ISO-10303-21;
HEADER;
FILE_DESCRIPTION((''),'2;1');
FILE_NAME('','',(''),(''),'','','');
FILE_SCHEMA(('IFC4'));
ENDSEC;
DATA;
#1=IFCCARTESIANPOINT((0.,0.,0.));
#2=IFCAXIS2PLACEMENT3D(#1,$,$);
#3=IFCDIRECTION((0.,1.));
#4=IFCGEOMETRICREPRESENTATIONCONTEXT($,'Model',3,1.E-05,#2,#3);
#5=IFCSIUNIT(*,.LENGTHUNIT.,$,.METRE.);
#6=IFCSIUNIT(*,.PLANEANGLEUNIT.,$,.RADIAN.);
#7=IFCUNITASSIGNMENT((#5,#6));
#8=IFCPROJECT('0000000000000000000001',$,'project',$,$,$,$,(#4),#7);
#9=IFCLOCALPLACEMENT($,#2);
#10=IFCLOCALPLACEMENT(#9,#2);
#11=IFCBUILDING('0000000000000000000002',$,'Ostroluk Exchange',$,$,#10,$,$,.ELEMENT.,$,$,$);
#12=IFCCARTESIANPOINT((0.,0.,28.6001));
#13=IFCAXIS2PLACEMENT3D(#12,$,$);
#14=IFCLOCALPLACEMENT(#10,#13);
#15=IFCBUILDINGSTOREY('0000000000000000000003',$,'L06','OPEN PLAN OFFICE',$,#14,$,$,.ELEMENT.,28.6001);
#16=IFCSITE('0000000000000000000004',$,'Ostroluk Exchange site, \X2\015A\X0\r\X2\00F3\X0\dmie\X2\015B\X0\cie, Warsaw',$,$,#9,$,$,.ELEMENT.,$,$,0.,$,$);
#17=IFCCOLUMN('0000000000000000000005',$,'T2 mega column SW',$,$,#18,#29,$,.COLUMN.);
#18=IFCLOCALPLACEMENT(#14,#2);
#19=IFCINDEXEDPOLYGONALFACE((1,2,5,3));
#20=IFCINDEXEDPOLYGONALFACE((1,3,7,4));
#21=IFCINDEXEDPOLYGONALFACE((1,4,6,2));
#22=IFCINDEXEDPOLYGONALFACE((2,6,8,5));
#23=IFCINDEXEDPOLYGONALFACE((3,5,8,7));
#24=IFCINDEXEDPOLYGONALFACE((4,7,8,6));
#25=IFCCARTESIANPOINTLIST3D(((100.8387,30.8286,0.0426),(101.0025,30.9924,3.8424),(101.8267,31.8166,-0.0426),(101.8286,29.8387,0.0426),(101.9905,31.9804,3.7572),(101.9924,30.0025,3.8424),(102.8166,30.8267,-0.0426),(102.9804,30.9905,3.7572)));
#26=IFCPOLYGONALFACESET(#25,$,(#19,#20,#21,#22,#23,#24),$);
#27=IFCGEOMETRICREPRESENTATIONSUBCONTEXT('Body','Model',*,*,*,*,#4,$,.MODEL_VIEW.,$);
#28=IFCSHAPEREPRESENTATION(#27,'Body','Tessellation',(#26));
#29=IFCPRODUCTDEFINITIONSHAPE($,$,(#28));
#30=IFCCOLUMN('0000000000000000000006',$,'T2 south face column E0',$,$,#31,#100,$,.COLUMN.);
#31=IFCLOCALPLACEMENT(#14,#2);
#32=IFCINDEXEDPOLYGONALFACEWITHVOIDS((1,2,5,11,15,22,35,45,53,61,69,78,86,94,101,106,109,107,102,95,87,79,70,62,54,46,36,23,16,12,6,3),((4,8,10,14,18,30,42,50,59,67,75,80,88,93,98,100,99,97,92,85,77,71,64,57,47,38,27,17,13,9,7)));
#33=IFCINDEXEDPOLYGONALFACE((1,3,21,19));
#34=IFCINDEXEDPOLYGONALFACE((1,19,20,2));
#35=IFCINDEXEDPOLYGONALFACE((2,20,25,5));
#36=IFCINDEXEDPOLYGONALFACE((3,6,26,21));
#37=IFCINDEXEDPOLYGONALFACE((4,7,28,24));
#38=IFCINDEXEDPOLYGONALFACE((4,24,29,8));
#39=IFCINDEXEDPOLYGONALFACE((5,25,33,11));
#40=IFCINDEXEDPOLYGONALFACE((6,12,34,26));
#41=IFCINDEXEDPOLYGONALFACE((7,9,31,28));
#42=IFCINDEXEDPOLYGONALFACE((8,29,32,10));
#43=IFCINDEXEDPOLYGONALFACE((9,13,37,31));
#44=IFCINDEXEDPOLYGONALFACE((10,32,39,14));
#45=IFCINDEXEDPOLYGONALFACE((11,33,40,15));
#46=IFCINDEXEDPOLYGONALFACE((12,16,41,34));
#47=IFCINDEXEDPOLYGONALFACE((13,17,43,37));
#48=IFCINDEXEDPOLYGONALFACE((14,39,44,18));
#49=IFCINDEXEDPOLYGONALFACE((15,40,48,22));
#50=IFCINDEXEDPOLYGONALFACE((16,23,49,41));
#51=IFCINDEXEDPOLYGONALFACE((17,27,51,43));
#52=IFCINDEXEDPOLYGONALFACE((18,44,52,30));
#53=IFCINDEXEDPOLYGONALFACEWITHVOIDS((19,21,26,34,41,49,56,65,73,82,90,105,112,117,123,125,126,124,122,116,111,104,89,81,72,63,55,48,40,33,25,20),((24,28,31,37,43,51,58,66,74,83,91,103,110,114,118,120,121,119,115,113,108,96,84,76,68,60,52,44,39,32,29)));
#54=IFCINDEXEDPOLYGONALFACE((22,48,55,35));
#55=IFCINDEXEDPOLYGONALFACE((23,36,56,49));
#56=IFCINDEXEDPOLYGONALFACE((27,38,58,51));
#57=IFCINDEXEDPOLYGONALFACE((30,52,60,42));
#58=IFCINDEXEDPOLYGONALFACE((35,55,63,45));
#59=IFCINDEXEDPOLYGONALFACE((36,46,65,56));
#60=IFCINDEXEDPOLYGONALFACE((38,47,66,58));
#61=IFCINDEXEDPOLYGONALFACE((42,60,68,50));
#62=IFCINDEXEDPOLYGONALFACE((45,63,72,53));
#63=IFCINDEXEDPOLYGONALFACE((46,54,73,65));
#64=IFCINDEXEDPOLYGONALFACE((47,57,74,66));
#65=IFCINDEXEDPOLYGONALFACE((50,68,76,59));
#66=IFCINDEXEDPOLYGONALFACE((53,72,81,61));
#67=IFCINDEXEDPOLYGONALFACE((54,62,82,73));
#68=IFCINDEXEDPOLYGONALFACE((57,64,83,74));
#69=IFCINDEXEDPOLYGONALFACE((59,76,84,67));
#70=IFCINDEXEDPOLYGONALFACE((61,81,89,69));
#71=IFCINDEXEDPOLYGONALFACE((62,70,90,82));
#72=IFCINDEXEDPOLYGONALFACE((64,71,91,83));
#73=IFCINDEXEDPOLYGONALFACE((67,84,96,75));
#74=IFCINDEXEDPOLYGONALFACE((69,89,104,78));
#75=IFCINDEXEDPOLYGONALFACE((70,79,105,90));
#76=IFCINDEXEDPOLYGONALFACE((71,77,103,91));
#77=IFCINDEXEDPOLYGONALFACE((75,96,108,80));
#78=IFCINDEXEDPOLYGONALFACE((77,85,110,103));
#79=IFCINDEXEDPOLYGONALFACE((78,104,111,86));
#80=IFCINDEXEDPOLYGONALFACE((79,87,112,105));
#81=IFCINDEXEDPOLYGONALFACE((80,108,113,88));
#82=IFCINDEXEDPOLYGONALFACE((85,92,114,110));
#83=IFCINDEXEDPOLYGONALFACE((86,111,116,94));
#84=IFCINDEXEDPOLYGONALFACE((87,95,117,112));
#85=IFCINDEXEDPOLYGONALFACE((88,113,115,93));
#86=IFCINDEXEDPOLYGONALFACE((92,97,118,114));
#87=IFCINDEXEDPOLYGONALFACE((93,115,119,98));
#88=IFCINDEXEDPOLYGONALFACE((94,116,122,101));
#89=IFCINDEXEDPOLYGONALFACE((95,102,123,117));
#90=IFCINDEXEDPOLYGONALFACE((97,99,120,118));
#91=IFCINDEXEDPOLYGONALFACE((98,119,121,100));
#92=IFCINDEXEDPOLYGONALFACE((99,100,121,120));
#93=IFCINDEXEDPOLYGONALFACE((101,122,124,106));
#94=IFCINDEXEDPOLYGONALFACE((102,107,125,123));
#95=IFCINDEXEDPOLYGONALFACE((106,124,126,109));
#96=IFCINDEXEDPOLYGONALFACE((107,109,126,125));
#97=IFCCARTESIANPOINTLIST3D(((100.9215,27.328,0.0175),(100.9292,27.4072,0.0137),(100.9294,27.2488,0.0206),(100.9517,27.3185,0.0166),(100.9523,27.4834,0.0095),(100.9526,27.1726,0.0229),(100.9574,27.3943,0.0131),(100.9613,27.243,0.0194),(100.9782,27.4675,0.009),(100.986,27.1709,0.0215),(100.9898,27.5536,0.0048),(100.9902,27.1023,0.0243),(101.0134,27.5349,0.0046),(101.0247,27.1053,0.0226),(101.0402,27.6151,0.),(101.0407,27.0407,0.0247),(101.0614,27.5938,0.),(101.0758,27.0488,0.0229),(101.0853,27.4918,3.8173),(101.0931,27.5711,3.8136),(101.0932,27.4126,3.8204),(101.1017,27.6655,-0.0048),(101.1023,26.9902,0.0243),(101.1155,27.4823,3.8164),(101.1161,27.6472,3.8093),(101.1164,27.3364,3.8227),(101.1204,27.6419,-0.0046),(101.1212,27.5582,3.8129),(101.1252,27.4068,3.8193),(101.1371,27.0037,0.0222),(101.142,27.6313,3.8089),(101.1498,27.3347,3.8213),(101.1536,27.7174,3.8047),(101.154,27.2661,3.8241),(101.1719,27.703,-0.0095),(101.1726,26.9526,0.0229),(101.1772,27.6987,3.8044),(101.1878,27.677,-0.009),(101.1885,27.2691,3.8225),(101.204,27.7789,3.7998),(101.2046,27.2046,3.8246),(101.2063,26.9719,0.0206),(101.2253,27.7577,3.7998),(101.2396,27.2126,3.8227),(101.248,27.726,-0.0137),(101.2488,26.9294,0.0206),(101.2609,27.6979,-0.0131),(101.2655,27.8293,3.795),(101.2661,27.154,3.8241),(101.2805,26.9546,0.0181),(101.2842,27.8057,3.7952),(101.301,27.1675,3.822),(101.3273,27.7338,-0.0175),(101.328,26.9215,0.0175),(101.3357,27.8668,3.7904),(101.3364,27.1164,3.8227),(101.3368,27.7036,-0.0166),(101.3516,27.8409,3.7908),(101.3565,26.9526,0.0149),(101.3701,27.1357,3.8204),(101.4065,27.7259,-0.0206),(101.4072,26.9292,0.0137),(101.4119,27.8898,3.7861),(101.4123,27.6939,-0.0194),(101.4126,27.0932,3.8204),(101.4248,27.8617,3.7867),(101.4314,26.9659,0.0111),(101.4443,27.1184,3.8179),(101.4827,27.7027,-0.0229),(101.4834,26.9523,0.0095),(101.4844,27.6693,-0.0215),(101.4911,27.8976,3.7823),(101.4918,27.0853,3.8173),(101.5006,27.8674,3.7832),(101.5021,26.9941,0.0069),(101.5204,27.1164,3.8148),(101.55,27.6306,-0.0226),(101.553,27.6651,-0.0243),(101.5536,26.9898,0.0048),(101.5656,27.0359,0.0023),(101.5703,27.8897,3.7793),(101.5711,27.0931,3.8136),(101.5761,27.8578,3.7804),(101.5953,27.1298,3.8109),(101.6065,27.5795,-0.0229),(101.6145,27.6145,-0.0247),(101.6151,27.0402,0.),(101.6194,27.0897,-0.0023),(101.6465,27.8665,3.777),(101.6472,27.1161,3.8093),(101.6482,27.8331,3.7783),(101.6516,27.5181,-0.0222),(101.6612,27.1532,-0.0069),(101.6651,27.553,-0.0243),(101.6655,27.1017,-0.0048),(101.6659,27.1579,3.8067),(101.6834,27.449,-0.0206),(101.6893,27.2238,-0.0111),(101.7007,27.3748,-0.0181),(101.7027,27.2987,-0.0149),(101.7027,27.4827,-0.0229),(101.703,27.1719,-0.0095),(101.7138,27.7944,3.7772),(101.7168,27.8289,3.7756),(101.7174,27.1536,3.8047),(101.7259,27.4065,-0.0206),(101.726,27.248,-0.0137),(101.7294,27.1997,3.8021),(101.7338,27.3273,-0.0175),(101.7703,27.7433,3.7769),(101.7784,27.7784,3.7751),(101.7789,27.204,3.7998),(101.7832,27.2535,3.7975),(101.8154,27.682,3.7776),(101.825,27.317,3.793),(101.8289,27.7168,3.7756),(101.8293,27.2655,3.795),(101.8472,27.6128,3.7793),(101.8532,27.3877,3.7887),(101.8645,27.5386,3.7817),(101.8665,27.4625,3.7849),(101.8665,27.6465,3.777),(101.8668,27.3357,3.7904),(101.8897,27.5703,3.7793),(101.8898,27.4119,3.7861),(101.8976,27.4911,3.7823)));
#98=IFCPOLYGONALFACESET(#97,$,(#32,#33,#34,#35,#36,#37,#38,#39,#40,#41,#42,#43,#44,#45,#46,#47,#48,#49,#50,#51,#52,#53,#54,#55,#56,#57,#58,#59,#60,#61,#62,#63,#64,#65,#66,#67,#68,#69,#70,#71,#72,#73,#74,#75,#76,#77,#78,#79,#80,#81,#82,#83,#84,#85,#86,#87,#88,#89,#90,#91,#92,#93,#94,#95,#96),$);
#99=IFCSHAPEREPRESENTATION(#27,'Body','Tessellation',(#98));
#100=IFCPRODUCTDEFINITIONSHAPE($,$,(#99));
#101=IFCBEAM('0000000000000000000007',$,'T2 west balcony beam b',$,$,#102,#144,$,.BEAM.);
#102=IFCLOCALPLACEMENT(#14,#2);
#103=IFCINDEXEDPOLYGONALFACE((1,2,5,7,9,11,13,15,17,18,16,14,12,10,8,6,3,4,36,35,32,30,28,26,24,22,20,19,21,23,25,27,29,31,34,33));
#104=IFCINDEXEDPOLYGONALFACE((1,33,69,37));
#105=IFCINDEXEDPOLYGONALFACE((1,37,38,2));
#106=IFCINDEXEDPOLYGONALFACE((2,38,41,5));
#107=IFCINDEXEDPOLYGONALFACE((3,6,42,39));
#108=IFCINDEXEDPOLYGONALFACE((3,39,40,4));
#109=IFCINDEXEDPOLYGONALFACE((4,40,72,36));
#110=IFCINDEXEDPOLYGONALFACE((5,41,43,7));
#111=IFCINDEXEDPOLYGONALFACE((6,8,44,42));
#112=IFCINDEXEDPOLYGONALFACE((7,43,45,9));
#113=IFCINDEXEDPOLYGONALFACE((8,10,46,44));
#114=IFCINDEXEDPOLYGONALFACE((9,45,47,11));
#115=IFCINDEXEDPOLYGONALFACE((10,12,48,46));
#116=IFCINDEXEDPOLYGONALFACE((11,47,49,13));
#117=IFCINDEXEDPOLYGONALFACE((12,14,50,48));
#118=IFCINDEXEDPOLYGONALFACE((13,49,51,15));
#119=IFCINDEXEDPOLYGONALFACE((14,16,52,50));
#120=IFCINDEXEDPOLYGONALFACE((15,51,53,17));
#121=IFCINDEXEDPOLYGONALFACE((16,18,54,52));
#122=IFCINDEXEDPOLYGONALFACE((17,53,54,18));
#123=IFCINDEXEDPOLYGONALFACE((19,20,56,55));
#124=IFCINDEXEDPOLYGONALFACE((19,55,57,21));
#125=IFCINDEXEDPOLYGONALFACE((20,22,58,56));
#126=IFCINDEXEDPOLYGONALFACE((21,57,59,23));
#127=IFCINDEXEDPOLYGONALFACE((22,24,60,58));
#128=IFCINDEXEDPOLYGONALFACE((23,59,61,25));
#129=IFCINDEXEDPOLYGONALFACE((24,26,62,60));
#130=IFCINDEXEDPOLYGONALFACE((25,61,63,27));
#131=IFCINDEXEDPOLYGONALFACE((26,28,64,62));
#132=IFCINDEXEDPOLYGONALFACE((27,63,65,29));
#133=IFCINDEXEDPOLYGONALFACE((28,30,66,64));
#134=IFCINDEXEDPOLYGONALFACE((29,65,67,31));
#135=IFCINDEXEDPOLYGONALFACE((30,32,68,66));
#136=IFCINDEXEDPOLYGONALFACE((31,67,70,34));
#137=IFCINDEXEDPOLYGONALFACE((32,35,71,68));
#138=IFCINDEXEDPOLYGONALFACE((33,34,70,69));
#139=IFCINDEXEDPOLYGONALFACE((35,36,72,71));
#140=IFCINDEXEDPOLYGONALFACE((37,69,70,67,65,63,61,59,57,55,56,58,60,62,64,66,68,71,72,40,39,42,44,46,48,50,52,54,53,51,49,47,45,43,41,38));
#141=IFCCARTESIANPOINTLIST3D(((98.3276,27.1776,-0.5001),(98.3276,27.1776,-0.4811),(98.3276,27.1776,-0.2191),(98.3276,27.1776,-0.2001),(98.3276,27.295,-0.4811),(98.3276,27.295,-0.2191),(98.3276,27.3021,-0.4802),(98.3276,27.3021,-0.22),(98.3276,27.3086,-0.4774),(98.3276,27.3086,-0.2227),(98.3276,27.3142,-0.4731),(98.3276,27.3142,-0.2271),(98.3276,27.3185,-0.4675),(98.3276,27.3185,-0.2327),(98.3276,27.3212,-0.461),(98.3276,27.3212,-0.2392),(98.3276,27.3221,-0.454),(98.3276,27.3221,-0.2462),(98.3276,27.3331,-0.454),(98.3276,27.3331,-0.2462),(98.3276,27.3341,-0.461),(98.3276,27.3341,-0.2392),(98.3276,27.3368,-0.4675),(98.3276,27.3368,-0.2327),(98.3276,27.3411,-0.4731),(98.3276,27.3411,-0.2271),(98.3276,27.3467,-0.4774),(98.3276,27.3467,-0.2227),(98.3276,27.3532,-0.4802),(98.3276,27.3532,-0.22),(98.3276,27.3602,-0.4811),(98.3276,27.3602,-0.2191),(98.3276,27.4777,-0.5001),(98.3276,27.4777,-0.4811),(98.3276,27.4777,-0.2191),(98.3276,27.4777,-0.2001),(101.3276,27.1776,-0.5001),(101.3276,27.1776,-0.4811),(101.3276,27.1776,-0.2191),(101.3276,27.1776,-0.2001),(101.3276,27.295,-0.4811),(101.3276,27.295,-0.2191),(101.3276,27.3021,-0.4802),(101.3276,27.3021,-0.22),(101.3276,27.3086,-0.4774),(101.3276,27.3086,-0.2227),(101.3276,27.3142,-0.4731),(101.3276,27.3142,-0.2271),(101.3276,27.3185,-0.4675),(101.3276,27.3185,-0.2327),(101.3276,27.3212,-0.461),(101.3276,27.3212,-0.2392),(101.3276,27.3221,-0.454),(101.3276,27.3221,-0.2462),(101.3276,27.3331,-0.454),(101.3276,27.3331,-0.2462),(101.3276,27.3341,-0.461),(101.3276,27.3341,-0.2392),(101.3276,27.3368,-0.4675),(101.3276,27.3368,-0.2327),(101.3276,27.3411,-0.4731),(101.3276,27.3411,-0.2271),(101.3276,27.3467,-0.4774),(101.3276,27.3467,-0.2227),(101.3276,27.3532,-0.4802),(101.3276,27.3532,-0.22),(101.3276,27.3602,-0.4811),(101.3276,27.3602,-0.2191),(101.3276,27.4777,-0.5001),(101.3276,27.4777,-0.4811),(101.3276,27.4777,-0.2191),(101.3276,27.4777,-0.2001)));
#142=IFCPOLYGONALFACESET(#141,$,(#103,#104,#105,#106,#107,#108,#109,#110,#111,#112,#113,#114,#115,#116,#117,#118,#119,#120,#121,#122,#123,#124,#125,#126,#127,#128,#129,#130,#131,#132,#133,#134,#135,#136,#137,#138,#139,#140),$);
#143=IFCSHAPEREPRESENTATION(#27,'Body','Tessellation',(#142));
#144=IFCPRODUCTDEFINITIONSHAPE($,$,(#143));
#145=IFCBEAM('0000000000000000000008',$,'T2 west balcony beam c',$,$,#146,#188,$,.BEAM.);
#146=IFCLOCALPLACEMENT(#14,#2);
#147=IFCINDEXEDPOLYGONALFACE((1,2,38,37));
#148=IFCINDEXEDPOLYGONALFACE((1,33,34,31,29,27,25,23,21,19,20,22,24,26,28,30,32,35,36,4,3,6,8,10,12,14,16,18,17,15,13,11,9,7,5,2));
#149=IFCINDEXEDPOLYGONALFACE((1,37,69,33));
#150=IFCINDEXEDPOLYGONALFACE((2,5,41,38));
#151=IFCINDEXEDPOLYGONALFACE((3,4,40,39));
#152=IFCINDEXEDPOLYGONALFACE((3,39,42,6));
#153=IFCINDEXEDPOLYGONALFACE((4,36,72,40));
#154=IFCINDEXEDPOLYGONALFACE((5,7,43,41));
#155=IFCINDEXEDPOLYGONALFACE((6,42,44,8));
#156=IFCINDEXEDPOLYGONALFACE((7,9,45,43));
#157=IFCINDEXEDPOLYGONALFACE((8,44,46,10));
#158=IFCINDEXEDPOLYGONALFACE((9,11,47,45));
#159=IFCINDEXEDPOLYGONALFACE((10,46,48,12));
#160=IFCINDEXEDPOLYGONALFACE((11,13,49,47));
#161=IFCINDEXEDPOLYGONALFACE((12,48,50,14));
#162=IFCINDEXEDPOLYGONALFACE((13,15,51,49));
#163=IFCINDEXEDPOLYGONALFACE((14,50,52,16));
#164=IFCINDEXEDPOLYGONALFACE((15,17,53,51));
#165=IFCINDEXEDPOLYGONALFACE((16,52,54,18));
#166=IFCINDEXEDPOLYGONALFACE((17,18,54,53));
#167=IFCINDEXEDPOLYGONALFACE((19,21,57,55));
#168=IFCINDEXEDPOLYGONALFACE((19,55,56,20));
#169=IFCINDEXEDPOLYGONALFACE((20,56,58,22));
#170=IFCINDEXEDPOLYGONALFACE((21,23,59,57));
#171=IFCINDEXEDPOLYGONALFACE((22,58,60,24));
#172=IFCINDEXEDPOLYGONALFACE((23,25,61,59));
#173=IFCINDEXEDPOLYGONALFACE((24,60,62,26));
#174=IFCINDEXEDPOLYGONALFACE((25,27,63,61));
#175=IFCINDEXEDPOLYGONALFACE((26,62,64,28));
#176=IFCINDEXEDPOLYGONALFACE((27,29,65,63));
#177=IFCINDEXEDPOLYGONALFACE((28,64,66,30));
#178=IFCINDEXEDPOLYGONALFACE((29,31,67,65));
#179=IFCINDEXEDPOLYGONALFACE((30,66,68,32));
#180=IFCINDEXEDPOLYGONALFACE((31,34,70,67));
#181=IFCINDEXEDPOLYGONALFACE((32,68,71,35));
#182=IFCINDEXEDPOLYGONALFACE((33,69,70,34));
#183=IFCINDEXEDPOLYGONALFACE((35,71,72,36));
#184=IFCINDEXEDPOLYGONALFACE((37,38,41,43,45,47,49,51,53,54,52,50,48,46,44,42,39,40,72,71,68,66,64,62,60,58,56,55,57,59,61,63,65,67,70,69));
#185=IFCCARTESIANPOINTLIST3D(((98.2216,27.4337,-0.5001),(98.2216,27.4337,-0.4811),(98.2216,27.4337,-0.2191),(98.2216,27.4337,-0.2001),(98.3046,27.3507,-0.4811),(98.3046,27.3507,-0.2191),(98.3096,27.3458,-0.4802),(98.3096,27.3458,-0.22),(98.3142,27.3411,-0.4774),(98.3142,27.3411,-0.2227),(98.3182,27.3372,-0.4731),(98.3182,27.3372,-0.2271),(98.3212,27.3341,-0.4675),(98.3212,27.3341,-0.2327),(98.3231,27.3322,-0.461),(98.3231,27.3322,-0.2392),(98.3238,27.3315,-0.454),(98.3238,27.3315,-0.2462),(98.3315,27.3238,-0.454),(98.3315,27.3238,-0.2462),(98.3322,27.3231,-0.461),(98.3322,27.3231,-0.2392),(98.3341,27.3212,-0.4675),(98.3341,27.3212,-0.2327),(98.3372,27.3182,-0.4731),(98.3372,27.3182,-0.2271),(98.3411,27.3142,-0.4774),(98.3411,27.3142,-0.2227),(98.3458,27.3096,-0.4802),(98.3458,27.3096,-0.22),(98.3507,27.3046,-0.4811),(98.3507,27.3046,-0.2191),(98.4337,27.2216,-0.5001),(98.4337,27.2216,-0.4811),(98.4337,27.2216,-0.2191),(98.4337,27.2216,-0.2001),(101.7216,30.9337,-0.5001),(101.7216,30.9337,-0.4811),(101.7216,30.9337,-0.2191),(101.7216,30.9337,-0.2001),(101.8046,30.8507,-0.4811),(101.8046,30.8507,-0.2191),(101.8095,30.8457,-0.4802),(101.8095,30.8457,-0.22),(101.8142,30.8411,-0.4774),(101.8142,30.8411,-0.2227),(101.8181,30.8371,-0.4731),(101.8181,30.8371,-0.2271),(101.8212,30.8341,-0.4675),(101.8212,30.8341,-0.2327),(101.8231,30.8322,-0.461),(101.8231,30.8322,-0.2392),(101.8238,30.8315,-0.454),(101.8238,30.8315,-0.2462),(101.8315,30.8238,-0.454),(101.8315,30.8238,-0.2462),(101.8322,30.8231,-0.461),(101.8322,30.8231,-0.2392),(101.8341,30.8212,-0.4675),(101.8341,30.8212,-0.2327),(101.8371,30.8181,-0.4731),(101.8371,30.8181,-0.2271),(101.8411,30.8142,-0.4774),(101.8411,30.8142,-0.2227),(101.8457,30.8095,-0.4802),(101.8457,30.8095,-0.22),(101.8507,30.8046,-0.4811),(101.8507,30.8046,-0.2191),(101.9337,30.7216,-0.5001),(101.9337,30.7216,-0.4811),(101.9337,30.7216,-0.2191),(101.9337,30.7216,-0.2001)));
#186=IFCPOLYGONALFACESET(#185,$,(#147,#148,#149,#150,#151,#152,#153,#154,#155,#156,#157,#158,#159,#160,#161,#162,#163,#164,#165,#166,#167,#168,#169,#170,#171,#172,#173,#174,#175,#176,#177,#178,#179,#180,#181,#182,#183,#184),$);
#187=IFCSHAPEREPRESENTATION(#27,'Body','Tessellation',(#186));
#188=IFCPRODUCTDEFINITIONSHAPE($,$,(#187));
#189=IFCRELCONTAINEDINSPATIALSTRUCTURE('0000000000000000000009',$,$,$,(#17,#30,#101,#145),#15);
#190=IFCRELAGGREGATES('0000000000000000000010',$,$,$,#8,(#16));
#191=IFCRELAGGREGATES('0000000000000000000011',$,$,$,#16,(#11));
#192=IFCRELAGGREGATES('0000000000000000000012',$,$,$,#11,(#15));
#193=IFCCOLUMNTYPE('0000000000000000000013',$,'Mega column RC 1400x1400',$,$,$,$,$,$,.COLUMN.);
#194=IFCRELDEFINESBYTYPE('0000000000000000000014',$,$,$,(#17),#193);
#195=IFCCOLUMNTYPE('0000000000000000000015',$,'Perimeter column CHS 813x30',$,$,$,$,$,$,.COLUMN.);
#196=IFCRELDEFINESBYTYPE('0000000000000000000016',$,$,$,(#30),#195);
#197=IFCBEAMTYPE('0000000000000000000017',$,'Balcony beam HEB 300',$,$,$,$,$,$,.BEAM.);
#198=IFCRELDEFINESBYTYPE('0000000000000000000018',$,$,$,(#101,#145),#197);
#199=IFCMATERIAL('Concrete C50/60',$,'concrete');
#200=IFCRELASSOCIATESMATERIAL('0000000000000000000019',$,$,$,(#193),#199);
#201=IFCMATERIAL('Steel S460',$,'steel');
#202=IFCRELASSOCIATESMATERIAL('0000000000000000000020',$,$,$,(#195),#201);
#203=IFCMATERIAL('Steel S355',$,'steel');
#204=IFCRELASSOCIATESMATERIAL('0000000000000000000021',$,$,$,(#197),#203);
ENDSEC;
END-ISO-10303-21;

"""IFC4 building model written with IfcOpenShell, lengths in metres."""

from ifc_helpers import new_model, si_unit, direction, frame, origin, origin_2d, place, context, subcontext, project, spatial, rectangle, hollow_circle, i_section, extrude, material, material_profile, profile_set, type_object, element, save


model = new_model("IFC4")

# Units and contexts
model_context = context("Model", 3, precision=1e-05, world=origin(), true_north=direction((0.0, 1.0)))
body_context = subcontext(model_context, "Body", "Model", "MODEL_VIEW")
ifc_project = project(units=[si_unit("LENGTHUNIT", "METRE"), si_unit("PLANEANGLEUNIT", "RADIAN")], contexts=[model_context])

# Site, building, storey
site_placement = place(None, origin())
site = spatial("IfcSite", under=ifc_project, at=site_placement, Name="Ostroluk Exchange site, Śródmieście, Warsaw", CompositionType="ELEMENT", RefElevation=0.0)
building_placement = place(site_placement, origin())
building = spatial("IfcBuilding", under=site, at=building_placement, Name="Ostroluk Exchange", CompositionType="ELEMENT")
storey_placement = place(building_placement, frame((0.0, 0.0, 28.6001)))
storey = spatial("IfcBuildingStorey", under=building, at=storey_placement, Name="L06", Description="OPEN PLAN OFFICE", CompositionType="ELEMENT", Elevation=28.6001)

# Columns
ifc_material_1 = material(Name="Concrete C50/60", Category="concrete")
ifc_material_profile_1 = material_profile(ifc_material_1, rectangle(XDim=1.3999, YDim=1.3999, at=origin_2d()), Name="RC 1400x1400")
ifc_profile_set_1 = profile_set([ifc_material_profile_1], Name="Concrete C50/60")
column_type_1 = type_object("IfcColumnType", Name="Mega column RC 1400x1400", PredefinedType="COLUMN", material=ifc_profile_set_1)
column_1_placement = place(storey_placement, frame((101.8276, 30.8276, 0.0), z_axis=(0.043032, 0.043032, 0.998146), x_axis=(-0.707107, 0.707107, 0.0)))
element("IfcColumn", 1, at=column_1_placement, inside=storey, type_object=column_type_1, Name="T2 mega column SW", PredefinedType="COLUMN", context=body_context, shape_type="SweptSolid", body=[
    extrude(rectangle(XDim=1.3999, YDim=1.3999, at=origin_2d()), origin(), (0.0, 0.0, 1.0), 3.8069),
])
ifc_material_2 = material(Name="Steel S460", Category="steel")
ifc_material_profile_2 = material_profile(ifc_material_2, hollow_circle(Radius=0.4065, WallThickness=0.03, at=origin_2d()), Name="CHS 813x30")
ifc_profile_set_2 = profile_set([ifc_material_profile_2], Name="Steel S460")
column_type_2 = type_object("IfcColumnType", Name="Perimeter column CHS 813x30", PredefinedType="COLUMN", material=ifc_profile_set_2)
column_2_placement = place(storey_placement, frame((101.3276, 27.3276, 0.0), z_axis=(0.043032, 0.043032, 0.998146), x_axis=(-0.707107, 0.707107, 0.0)))
element("IfcColumn", 2, at=column_2_placement, inside=storey, type_object=column_type_2, Name="T2 south face column E0", PredefinedType="COLUMN", context=body_context, shape_type="SweptSolid", body=[
    extrude(hollow_circle(Radius=0.4065, WallThickness=0.03, at=origin_2d()), origin(), (0.0, 0.0, 1.0), 3.8069),
])

# Beams
ifc_material_3 = material(Name="Steel S355", Category="steel")
ifc_material_profile_3 = material_profile(ifc_material_3, i_section(OverallWidth=0.3, OverallDepth=0.3, WebThickness=0.011, FlangeThickness=0.019, FilletRadius=0.0271, at=origin_2d()), Name="HEB 300")
ifc_profile_set_3 = profile_set([ifc_material_profile_3], Name="Steel S355")
beam_type_1 = type_object("IfcBeamType", Name="Balcony beam HEB 300", PredefinedType="BEAM", material=ifc_profile_set_3)
beam_1_placement = place(storey_placement, frame((101.3276, 27.3276, -0.3501), z_axis=(-1.0, 0.0, 0.0), x_axis=(0.0, -1.0, 0.0)))
element("IfcBeam", 3, at=beam_1_placement, inside=storey, type_object=beam_type_1, Name="T2 west balcony beam b", PredefinedType="BEAM", context=body_context, shape_type="SweptSolid", body=[
    extrude(i_section(OverallWidth=0.3, OverallDepth=0.3, WebThickness=0.011, FlangeThickness=0.019, FilletRadius=0.0271, at=origin_2d()), origin(), (0.0, 0.0, 1.0), 3.0),
])
beam_2_placement = place(storey_placement, frame((101.8276, 30.8276, -0.3501), z_axis=(-0.707107, -0.707107, 0.0), x_axis=(0.707107, -0.707107, 0.0)))
element("IfcBeam", 4, at=beam_2_placement, inside=storey, type_object=beam_type_1, Name="T2 west balcony beam c", PredefinedType="BEAM", context=body_context, shape_type="SweptSolid", body=[
    extrude(i_section(OverallWidth=0.3, OverallDepth=0.3, WebThickness=0.011, FlangeThickness=0.019, FilletRadius=0.0271, at=origin_2d()), origin(), (0.0, 0.0, 1.0), 4.9497),
])

save(model, "model.ifc")
